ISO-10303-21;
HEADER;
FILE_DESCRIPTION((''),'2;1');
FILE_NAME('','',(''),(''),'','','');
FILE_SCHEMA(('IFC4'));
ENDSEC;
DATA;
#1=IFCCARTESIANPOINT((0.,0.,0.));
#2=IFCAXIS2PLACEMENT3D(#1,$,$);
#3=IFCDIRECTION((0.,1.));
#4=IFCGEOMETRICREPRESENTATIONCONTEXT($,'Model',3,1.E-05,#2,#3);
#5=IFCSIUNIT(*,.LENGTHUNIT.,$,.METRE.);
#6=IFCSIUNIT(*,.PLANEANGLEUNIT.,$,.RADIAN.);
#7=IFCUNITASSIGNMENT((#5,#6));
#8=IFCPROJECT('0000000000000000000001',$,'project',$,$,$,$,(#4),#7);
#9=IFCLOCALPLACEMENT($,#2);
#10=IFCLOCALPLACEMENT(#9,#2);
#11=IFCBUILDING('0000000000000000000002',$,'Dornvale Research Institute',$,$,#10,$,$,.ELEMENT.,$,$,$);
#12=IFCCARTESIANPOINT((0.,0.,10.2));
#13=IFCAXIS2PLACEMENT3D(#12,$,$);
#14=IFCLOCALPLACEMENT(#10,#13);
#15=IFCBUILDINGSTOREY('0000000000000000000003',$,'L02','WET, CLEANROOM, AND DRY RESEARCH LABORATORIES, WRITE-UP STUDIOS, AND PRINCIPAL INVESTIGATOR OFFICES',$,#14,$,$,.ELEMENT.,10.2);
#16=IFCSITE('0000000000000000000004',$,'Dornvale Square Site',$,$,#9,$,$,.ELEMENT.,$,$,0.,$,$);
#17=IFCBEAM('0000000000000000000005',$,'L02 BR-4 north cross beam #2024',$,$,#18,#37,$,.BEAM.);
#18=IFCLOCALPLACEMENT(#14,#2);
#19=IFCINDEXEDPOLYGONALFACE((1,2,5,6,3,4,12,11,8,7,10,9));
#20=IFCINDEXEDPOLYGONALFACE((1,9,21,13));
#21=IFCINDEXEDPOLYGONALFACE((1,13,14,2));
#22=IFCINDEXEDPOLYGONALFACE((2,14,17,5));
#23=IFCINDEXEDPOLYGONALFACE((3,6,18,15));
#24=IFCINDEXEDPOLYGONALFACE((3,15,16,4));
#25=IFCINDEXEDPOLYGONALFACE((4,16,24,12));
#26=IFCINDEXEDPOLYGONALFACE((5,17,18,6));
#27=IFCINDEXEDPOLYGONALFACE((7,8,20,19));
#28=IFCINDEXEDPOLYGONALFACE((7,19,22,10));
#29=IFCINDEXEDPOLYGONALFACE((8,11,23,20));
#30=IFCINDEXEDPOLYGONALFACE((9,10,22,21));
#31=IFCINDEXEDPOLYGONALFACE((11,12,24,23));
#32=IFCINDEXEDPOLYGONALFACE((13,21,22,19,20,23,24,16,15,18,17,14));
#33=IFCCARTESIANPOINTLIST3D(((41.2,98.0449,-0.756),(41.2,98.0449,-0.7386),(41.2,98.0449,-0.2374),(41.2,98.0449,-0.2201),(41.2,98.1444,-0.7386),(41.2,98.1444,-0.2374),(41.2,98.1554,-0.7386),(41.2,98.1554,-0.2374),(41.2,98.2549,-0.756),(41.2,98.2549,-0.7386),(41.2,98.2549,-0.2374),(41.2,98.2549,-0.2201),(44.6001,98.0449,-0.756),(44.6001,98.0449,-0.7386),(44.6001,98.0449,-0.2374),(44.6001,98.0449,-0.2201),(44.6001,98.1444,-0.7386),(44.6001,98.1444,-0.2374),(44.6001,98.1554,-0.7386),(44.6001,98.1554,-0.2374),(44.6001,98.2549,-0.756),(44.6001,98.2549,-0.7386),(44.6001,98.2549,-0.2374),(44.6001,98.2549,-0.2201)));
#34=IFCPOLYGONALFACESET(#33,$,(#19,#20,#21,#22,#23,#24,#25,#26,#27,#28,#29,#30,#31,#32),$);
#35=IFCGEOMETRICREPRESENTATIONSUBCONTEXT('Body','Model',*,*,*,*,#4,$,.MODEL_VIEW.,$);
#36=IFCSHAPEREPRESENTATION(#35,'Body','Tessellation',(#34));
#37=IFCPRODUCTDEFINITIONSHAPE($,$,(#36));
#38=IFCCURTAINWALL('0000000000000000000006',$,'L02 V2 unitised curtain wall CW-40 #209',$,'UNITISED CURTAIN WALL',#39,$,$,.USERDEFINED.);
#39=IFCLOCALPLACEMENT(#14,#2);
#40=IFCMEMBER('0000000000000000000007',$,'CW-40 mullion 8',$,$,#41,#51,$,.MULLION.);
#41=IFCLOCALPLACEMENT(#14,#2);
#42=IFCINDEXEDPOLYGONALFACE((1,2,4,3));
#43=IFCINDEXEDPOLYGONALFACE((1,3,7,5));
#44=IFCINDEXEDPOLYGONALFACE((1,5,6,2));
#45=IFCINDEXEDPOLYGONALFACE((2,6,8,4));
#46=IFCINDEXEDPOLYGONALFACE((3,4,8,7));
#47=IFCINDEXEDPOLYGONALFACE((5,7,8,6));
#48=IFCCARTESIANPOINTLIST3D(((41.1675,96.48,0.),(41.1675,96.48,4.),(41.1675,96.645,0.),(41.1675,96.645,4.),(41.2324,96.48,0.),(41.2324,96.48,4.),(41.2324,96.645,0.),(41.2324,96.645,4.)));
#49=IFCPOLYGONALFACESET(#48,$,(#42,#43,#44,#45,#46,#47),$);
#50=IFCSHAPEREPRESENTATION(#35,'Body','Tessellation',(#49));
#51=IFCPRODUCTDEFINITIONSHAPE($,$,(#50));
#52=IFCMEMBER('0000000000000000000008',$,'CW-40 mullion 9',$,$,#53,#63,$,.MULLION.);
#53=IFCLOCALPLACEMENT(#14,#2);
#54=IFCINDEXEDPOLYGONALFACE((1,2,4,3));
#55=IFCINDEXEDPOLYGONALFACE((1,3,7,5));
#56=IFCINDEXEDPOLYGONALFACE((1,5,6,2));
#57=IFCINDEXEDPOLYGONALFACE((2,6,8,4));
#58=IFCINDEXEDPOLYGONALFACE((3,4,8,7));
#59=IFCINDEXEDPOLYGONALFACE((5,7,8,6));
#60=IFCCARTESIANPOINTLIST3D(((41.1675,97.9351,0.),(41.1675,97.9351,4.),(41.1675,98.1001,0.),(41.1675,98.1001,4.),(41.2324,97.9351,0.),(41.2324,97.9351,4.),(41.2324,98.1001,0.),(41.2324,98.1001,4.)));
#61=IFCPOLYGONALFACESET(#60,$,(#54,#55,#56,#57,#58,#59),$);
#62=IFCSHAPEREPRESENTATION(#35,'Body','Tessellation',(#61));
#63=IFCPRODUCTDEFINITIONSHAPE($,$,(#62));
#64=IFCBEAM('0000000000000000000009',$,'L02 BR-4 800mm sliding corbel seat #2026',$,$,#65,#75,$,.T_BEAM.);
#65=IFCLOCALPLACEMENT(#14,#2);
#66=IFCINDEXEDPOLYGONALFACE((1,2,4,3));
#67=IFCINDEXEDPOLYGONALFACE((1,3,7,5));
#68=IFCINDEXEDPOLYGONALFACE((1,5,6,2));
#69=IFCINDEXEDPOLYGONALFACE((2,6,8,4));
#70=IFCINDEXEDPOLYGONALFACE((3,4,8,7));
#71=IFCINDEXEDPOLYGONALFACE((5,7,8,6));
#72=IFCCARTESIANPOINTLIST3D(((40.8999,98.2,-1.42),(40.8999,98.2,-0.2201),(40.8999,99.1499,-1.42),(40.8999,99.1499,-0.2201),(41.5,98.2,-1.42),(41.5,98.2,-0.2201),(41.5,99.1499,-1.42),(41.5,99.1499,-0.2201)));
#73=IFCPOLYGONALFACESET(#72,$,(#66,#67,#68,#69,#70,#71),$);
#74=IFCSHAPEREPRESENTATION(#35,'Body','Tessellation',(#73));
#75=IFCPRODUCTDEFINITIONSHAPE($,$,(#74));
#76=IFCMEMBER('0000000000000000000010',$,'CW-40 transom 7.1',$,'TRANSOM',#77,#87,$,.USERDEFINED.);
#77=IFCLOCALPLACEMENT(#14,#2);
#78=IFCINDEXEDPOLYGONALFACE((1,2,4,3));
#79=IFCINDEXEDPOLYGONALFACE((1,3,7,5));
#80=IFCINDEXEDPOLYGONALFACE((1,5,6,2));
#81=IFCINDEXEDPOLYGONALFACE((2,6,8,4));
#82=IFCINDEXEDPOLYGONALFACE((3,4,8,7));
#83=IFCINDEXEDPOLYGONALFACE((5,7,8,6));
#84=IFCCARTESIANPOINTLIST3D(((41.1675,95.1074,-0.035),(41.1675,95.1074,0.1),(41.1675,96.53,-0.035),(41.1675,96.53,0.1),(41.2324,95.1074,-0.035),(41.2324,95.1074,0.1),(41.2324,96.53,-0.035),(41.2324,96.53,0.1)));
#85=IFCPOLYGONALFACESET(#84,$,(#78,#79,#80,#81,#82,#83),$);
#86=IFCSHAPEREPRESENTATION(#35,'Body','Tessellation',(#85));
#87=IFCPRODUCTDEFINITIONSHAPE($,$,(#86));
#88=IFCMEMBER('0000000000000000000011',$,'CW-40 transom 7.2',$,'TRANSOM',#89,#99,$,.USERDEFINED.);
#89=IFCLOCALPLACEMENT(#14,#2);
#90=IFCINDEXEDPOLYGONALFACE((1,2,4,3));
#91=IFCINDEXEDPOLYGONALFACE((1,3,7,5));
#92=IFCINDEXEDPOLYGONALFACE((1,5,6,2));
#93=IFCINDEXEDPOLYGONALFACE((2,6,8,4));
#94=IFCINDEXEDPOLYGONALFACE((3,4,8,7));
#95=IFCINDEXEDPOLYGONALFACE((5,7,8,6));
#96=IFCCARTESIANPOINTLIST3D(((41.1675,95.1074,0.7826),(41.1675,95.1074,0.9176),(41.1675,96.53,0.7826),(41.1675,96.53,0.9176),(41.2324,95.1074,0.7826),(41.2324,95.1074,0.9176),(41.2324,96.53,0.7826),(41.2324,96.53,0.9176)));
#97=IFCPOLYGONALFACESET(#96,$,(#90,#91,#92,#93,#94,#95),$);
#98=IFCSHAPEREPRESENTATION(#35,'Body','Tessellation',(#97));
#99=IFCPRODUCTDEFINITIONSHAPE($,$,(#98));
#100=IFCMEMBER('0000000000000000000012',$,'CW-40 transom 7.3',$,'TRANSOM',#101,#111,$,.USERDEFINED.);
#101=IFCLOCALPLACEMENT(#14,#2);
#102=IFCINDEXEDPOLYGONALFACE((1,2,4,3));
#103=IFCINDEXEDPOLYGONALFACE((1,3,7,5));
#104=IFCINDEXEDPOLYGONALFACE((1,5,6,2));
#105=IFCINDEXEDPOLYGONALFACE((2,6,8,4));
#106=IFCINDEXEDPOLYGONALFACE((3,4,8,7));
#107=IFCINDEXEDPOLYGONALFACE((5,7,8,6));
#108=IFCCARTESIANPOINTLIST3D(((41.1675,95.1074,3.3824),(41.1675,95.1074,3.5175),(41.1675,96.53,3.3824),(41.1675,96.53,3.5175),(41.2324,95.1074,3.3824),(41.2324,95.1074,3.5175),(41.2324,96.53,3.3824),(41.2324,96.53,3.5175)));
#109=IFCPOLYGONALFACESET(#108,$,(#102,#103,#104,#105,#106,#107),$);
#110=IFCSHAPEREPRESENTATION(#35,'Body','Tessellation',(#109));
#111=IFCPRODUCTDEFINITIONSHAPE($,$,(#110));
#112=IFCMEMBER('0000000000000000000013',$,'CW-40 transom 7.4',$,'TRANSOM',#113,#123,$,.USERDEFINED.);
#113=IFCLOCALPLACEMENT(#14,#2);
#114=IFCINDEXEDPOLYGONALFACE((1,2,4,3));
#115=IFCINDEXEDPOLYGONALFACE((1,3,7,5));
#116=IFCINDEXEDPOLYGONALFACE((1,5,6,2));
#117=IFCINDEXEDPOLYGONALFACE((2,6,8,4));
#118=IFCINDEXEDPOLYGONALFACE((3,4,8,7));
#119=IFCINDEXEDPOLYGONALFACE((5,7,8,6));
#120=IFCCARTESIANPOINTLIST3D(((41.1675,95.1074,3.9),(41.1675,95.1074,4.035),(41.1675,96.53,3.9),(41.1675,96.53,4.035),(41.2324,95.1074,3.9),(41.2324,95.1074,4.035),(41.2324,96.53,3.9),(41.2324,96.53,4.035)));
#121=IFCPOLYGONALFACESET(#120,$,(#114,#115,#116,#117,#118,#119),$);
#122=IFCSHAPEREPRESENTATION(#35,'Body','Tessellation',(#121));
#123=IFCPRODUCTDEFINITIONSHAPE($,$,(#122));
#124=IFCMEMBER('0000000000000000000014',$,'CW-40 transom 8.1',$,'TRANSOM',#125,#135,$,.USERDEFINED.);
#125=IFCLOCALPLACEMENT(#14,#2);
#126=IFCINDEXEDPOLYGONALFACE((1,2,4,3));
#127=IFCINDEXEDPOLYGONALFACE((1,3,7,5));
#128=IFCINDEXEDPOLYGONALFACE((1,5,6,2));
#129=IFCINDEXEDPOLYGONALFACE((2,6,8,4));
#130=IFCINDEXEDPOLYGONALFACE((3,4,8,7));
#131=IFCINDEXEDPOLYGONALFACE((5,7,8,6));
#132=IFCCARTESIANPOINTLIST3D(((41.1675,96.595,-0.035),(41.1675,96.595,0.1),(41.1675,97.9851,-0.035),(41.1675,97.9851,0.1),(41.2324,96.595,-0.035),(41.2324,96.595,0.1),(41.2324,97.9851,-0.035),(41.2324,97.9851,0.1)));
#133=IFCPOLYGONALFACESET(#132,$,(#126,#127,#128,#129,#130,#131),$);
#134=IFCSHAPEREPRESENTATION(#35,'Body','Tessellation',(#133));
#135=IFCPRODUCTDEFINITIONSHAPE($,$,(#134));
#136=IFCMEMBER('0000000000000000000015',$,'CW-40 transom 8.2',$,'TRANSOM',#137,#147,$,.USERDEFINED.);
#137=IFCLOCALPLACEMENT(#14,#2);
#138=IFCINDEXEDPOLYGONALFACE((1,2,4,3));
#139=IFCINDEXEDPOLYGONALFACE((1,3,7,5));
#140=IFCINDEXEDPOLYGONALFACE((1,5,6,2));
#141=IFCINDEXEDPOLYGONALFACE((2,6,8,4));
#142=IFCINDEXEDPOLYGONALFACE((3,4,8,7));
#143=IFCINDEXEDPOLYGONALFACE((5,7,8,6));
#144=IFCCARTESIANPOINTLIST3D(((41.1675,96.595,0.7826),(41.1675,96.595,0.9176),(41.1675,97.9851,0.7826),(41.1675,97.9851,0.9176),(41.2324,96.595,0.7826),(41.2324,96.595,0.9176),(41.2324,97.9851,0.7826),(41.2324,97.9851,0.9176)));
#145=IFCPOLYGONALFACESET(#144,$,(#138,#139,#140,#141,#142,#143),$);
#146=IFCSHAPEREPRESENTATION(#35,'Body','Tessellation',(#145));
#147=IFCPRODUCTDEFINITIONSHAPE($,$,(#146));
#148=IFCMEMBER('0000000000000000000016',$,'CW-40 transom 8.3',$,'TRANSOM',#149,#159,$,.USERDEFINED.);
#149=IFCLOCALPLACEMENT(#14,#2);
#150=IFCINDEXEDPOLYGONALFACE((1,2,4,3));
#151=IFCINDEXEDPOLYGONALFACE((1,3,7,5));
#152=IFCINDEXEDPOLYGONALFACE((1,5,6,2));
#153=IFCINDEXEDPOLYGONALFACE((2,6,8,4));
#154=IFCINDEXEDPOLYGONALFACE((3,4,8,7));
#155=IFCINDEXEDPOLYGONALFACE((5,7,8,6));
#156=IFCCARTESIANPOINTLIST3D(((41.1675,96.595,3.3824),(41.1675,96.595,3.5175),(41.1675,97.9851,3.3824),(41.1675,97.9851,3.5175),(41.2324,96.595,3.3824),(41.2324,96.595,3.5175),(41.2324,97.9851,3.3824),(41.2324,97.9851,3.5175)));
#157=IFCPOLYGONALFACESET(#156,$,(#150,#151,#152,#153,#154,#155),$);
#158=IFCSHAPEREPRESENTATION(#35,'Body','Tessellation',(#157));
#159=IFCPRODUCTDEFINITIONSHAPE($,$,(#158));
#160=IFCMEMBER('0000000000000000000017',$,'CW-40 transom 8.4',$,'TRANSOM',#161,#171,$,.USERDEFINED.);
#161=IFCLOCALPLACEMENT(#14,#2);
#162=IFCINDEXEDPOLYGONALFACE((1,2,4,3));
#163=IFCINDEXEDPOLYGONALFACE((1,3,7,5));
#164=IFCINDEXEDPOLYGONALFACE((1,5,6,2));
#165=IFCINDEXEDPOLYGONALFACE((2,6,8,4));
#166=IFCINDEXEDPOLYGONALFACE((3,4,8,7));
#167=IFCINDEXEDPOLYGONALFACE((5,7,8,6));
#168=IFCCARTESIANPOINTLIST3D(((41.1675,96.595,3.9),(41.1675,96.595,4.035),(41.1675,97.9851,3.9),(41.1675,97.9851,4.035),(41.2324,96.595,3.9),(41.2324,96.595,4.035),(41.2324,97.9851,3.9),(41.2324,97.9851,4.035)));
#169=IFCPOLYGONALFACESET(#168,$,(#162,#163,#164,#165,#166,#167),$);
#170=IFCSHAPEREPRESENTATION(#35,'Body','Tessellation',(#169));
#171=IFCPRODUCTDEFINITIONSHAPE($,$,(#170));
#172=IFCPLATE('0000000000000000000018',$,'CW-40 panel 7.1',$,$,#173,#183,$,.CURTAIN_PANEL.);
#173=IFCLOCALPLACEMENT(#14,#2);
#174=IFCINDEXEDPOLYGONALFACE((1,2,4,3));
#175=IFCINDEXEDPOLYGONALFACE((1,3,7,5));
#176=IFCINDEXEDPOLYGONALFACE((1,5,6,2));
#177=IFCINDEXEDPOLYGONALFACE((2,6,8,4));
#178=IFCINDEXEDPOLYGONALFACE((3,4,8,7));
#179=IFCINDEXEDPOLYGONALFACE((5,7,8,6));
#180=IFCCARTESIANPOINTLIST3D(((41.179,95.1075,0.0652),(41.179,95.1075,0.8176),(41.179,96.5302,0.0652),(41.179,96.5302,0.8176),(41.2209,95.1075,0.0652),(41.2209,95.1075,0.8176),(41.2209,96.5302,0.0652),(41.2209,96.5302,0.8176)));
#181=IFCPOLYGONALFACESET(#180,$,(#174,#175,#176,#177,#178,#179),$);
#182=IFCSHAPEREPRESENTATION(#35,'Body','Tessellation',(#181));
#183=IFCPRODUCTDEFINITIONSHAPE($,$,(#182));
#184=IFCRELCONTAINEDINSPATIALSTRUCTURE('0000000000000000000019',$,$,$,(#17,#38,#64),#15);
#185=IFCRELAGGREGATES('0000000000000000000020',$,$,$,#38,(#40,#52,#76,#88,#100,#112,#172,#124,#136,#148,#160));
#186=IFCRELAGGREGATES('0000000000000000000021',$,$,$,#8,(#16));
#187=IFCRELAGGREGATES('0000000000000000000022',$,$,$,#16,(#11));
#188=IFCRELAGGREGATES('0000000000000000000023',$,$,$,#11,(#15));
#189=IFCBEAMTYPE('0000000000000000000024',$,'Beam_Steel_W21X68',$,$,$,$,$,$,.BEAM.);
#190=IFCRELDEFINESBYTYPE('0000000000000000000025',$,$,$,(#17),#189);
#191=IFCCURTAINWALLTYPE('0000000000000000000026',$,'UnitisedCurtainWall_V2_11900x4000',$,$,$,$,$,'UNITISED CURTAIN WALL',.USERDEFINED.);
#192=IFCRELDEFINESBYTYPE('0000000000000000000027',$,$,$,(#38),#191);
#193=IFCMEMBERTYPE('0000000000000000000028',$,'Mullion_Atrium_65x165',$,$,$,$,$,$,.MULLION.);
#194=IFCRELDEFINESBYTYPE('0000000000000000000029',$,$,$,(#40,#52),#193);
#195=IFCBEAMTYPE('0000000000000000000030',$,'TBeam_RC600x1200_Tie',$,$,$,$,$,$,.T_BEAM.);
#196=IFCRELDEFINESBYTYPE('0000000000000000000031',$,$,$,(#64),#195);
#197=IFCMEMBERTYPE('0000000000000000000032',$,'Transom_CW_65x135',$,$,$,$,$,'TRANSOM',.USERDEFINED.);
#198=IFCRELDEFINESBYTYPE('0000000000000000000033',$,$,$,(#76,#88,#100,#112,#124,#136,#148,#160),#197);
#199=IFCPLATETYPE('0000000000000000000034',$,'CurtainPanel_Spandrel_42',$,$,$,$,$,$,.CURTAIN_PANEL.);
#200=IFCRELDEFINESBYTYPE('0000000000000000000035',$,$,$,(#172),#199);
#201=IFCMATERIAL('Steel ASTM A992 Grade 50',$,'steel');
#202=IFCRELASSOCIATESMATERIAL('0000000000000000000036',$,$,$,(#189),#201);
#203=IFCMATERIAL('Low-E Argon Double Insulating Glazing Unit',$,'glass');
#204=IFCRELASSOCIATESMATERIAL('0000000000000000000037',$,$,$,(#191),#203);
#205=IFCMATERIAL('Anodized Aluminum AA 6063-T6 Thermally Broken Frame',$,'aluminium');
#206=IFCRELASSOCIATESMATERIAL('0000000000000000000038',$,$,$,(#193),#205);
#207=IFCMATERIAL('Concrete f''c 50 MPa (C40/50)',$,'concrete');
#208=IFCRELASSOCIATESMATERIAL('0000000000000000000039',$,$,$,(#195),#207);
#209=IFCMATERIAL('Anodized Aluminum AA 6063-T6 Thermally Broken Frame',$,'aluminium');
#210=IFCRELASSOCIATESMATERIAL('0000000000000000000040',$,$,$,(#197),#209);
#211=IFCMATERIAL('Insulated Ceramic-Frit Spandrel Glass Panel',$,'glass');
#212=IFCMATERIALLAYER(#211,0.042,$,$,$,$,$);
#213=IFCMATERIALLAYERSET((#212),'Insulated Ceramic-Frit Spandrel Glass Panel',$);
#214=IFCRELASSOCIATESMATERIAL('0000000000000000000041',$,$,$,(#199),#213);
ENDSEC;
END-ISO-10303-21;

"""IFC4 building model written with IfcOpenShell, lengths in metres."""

from ifc_helpers import new_model, si_unit, direction, frame, origin, origin_2d, place, context, subcontext, project, spatial, rectangle, i_section, extrude, material, layer, layer_set, material_profile, profile_set, type_object, element, aggregate, save


model = new_model("IFC4")

# Units and contexts
model_context = context("Model", 3, precision=1e-05, world=origin(), true_north=direction((0.0, 1.0)))
body_context = subcontext(model_context, "Body", "Model", "MODEL_VIEW")
ifc_project = project(units=[si_unit("LENGTHUNIT", "METRE"), si_unit("PLANEANGLEUNIT", "RADIAN")], contexts=[model_context])

# Site, building, storey
site_placement = place(None, origin())
site = spatial("IfcSite", under=ifc_project, at=site_placement, Name="Dornvale Square Site", CompositionType="ELEMENT", RefElevation=0.0)
building_placement = place(site_placement, origin())
building = spatial("IfcBuilding", under=site, at=building_placement, Name="Dornvale Research Institute", CompositionType="ELEMENT")
storey_placement = place(building_placement, frame((0.0, 0.0, 10.2)))
storey = spatial("IfcBuildingStorey", under=building, at=storey_placement, Name="L02", Description="WET, CLEANROOM, AND DRY RESEARCH LABORATORIES, WRITE-UP STUDIOS, AND PRINCIPAL INVESTIGATOR OFFICES", CompositionType="ELEMENT", Elevation=10.2)

# Beam
ifc_material_1 = material(Name="Steel ASTM A992 Grade 50", Category="steel")
ifc_material_profile_1 = material_profile(ifc_material_1, i_section(OverallWidth=0.21, OverallDepth=0.5359, WebThickness=0.011, FlangeThickness=0.0173, at=origin_2d()), Name="W21X68")
ifc_profile_set_1 = profile_set([ifc_material_profile_1], Name="Steel ASTM A992 Grade 50")
beam_type_1 = type_object("IfcBeamType", Name="Beam_Steel_W21X68", PredefinedType="BEAM", material=ifc_profile_set_1)
beam_1_placement = place(storey_placement, frame((41.2, 98.1499, -0.488), z_axis=(1.0, 0.0, 0.0), x_axis=(0.0, 1.0, 0.0)))
element("IfcBeam", 1, at=beam_1_placement, inside=storey, type_object=beam_type_1, Name="L02 BR-4 north cross beam #2024", PredefinedType="BEAM", context=body_context, shape_type="SweptSolid", body=[
    extrude(i_section(OverallWidth=0.21, OverallDepth=0.5359, WebThickness=0.011, FlangeThickness=0.0173, at=origin_2d()), origin(), (0.0, 0.0, 1.0), 3.4001),
])

# Curtain wall, members
ifc_material_2 = material(Name="Low-E Argon Double Insulating Glazing Unit", Category="glass")
curtain_wall_type = type_object("IfcCurtainWallType", Name="UnitisedCurtainWall_V2_11900x4000", ElementType="UNITISED CURTAIN WALL", PredefinedType="USERDEFINED", material=ifc_material_2)
curtain_wall_placement = place(storey_placement, origin())
curtain_wall = element("IfcCurtainWall", 2, at=curtain_wall_placement, inside=storey, type_object=curtain_wall_type, Name="L02 V2 unitised curtain wall CW-40 #209", ObjectType="UNITISED CURTAIN WALL", PredefinedType="USERDEFINED")
ifc_material_3 = material(Name="Anodized Aluminum AA 6063-T6 Thermally Broken Frame", Category="aluminium")
ifc_material_profile_2 = material_profile(ifc_material_3, rectangle(XDim=0.0649, YDim=0.165, at=origin_2d()), Name="ALU MULLION 65x165")
ifc_profile_set_2 = profile_set([ifc_material_profile_2], Name="Anodized Aluminum AA 6063-T6 Thermally Broken Frame")
member_type_1 = type_object("IfcMemberType", Name="Mullion_Atrium_65x165", PredefinedType="MULLION", material=ifc_profile_set_2)
member_1_placement = place(storey_placement, frame((41.2, 96.5625, 0.0), z_axis=(0.0, 0.0, 1.0), x_axis=(-1.0, 0.0, 0.0)))
member_1 = element("IfcMember", 3, at=member_1_placement, type_object=member_type_1, Name="CW-40 mullion 8", PredefinedType="MULLION", context=body_context, shape_type="SweptSolid", body=[
    extrude(rectangle(XDim=0.0649, YDim=0.165, at=origin_2d()), origin(), (0.0, 0.0, 1.0), 4.0),
])
member_2_placement = place(storey_placement, frame((41.2, 98.0176, 0.0), z_axis=(0.0, 0.0, 1.0), x_axis=(-1.0, 0.0, 0.0)))
member_2 = element("IfcMember", 4, at=member_2_placement, type_object=member_type_1, Name="CW-40 mullion 9", PredefinedType="MULLION", context=body_context, shape_type="SweptSolid", body=[
    extrude(rectangle(XDim=0.0649, YDim=0.165, at=origin_2d()), origin(), (0.0, 0.0, 1.0), 4.0),
])

# Beam
ifc_material_4 = material(Name="Concrete f'c 50 MPa (C40/50)", Category="concrete")
ifc_material_profile_3 = material_profile(ifc_material_4, rectangle(XDim=0.6001, YDim=1.2, at=origin_2d()), Name="RC 600x1200")
ifc_profile_set_3 = profile_set([ifc_material_profile_3], Name="Concrete f'c 50 MPa (C40/50)")
beam_type_2 = type_object("IfcBeamType", Name="TBeam_RC600x1200_Tie", PredefinedType="T_BEAM", material=ifc_profile_set_3)
beam_2_placement = place(storey_placement, frame((41.2, 98.2, -0.8201), z_axis=(0.0, 1.0, 0.0), x_axis=(-1.0, 0.0, 0.0)))
element("IfcBeam", 5, at=beam_2_placement, inside=storey, type_object=beam_type_2, Name="L02 BR-4 800mm sliding corbel seat #2026", PredefinedType="T_BEAM", context=body_context, shape_type="SweptSolid", body=[
    extrude(rectangle(XDim=0.6001, YDim=1.2, at=origin_2d()), origin(), (0.0, 0.0, 1.0), 0.95),
])

# Members
ifc_material_5 = material(Name="Anodized Aluminum AA 6063-T6 Thermally Broken Frame", Category="aluminium")
ifc_material_profile_4 = material_profile(ifc_material_5, rectangle(XDim=0.0649, YDim=0.135, at=origin_2d()), Name="ALU TRANSOM 65x135")
ifc_profile_set_4 = profile_set([ifc_material_profile_4], Name="Anodized Aluminum AA 6063-T6 Thermally Broken Frame")
member_type_2 = type_object("IfcMemberType", Name="Transom_CW_65x135", ElementType="TRANSOM", PredefinedType="USERDEFINED", material=ifc_profile_set_4)
member_3_placement = place(storey_placement, frame((41.2, 95.1074, 0.0325), z_axis=(0.0, 1.0, 0.0), x_axis=(-1.0, 0.0, 0.0)))
member_3 = element("IfcMember", 6, at=member_3_placement, type_object=member_type_2, Name="CW-40 transom 7.1", ObjectType="TRANSOM", PredefinedType="USERDEFINED", context=body_context, shape_type="SweptSolid", body=[
    extrude(rectangle(XDim=0.0649, YDim=0.135, at=origin_2d()), origin(), (0.0, 0.0, 1.0), 1.4226),
])
member_4_placement = place(storey_placement, frame((41.2, 95.1074, 0.8501), z_axis=(0.0, 1.0, 0.0), x_axis=(-1.0, 0.0, 0.0)))
member_4 = element("IfcMember", 7, at=member_4_placement, type_object=member_type_2, Name="CW-40 transom 7.2", ObjectType="TRANSOM", PredefinedType="USERDEFINED", context=body_context, shape_type="SweptSolid", body=[
    extrude(rectangle(XDim=0.0649, YDim=0.135, at=origin_2d()), origin(), (0.0, 0.0, 1.0), 1.4226),
])
member_5_placement = place(storey_placement, frame((41.2, 95.1074, 3.45), z_axis=(0.0, 1.0, 0.0), x_axis=(-1.0, 0.0, 0.0)))
member_5 = element("IfcMember", 8, at=member_5_placement, type_object=member_type_2, Name="CW-40 transom 7.3", ObjectType="TRANSOM", PredefinedType="USERDEFINED", context=body_context, shape_type="SweptSolid", body=[
    extrude(rectangle(XDim=0.0649, YDim=0.135, at=origin_2d()), origin(), (0.0, 0.0, 1.0), 1.4226),
])
member_6_placement = place(storey_placement, frame((41.2, 95.1074, 3.9675), z_axis=(0.0, 1.0, 0.0), x_axis=(-1.0, 0.0, 0.0)))
member_6 = element("IfcMember", 9, at=member_6_placement, type_object=member_type_2, Name="CW-40 transom 7.4", ObjectType="TRANSOM", PredefinedType="USERDEFINED", context=body_context, shape_type="SweptSolid", body=[
    extrude(rectangle(XDim=0.0649, YDim=0.135, at=origin_2d()), origin(), (0.0, 0.0, 1.0), 1.4226),
])
member_7_placement = place(storey_placement, frame((41.2, 96.595, 0.0325), z_axis=(0.0, 1.0, 0.0), x_axis=(-1.0, 0.0, 0.0)))
member_7 = element("IfcMember", 10, at=member_7_placement, type_object=member_type_2, Name="CW-40 transom 8.1", ObjectType="TRANSOM", PredefinedType="USERDEFINED", context=body_context, shape_type="SweptSolid", body=[
    extrude(rectangle(XDim=0.0649, YDim=0.135, at=origin_2d()), origin(), (0.0, 0.0, 1.0), 1.3901),
])
member_8_placement = place(storey_placement, frame((41.2, 96.595, 0.8501), z_axis=(0.0, 1.0, 0.0), x_axis=(-1.0, 0.0, 0.0)))
member_8 = element("IfcMember", 11, at=member_8_placement, type_object=member_type_2, Name="CW-40 transom 8.2", ObjectType="TRANSOM", PredefinedType="USERDEFINED", context=body_context, shape_type="SweptSolid", body=[
    extrude(rectangle(XDim=0.0649, YDim=0.135, at=origin_2d()), origin(), (0.0, 0.0, 1.0), 1.3901),
])
member_9_placement = place(storey_placement, frame((41.2, 96.595, 3.45), z_axis=(0.0, 1.0, 0.0), x_axis=(-1.0, 0.0, 0.0)))
member_9 = element("IfcMember", 12, at=member_9_placement, type_object=member_type_2, Name="CW-40 transom 8.3", ObjectType="TRANSOM", PredefinedType="USERDEFINED", context=body_context, shape_type="SweptSolid", body=[
    extrude(rectangle(XDim=0.0649, YDim=0.135, at=origin_2d()), origin(), (0.0, 0.0, 1.0), 1.3901),
])
member_10_placement = place(storey_placement, frame((41.2, 96.595, 3.9675), z_axis=(0.0, 1.0, 0.0), x_axis=(-1.0, 0.0, 0.0)))
member_10 = element("IfcMember", 13, at=member_10_placement, type_object=member_type_2, Name="CW-40 transom 8.4", ObjectType="TRANSOM", PredefinedType="USERDEFINED", context=body_context, shape_type="SweptSolid", body=[
    extrude(rectangle(XDim=0.0649, YDim=0.135, at=origin_2d()), origin(), (0.0, 0.0, 1.0), 1.3901),
])

# Plate
ifc_material_6 = material(Name="Insulated Ceramic-Frit Spandrel Glass Panel", Category="glass")
ifc_layer_1 = layer(ifc_material_6, 0.042)
ifc_layer_set_1 = layer_set([ifc_layer_1], Name="Insulated Ceramic-Frit Spandrel Glass Panel")
plate_type_1 = type_object("IfcPlateType", Name="CurtainPanel_Spandrel_42", PredefinedType="CURTAIN_PANEL", material=ifc_layer_set_1)
plate_1_placement = place(storey_placement, frame((41.2, 95.8188, 0.0652), z_axis=(0.0, 0.0, 1.0), x_axis=(0.0, 1.0, 0.0)))
plate_1 = element("IfcPlate", 14, at=plate_1_placement, type_object=plate_type_1, Name="CW-40 panel 7.1", PredefinedType="CURTAIN_PANEL", context=body_context, shape_type="SweptSolid", body=[
    extrude(rectangle(XDim=1.4226, YDim=0.042, at=origin_2d()), origin(), (0.0, 0.0, 1.0), 0.7524),
])
aggregate(curtain_wall, [member_1, member_2, member_3, member_4, member_5, member_6, plate_1, member_7, member_8, member_9, member_10])

save(model, "model.ifc")
